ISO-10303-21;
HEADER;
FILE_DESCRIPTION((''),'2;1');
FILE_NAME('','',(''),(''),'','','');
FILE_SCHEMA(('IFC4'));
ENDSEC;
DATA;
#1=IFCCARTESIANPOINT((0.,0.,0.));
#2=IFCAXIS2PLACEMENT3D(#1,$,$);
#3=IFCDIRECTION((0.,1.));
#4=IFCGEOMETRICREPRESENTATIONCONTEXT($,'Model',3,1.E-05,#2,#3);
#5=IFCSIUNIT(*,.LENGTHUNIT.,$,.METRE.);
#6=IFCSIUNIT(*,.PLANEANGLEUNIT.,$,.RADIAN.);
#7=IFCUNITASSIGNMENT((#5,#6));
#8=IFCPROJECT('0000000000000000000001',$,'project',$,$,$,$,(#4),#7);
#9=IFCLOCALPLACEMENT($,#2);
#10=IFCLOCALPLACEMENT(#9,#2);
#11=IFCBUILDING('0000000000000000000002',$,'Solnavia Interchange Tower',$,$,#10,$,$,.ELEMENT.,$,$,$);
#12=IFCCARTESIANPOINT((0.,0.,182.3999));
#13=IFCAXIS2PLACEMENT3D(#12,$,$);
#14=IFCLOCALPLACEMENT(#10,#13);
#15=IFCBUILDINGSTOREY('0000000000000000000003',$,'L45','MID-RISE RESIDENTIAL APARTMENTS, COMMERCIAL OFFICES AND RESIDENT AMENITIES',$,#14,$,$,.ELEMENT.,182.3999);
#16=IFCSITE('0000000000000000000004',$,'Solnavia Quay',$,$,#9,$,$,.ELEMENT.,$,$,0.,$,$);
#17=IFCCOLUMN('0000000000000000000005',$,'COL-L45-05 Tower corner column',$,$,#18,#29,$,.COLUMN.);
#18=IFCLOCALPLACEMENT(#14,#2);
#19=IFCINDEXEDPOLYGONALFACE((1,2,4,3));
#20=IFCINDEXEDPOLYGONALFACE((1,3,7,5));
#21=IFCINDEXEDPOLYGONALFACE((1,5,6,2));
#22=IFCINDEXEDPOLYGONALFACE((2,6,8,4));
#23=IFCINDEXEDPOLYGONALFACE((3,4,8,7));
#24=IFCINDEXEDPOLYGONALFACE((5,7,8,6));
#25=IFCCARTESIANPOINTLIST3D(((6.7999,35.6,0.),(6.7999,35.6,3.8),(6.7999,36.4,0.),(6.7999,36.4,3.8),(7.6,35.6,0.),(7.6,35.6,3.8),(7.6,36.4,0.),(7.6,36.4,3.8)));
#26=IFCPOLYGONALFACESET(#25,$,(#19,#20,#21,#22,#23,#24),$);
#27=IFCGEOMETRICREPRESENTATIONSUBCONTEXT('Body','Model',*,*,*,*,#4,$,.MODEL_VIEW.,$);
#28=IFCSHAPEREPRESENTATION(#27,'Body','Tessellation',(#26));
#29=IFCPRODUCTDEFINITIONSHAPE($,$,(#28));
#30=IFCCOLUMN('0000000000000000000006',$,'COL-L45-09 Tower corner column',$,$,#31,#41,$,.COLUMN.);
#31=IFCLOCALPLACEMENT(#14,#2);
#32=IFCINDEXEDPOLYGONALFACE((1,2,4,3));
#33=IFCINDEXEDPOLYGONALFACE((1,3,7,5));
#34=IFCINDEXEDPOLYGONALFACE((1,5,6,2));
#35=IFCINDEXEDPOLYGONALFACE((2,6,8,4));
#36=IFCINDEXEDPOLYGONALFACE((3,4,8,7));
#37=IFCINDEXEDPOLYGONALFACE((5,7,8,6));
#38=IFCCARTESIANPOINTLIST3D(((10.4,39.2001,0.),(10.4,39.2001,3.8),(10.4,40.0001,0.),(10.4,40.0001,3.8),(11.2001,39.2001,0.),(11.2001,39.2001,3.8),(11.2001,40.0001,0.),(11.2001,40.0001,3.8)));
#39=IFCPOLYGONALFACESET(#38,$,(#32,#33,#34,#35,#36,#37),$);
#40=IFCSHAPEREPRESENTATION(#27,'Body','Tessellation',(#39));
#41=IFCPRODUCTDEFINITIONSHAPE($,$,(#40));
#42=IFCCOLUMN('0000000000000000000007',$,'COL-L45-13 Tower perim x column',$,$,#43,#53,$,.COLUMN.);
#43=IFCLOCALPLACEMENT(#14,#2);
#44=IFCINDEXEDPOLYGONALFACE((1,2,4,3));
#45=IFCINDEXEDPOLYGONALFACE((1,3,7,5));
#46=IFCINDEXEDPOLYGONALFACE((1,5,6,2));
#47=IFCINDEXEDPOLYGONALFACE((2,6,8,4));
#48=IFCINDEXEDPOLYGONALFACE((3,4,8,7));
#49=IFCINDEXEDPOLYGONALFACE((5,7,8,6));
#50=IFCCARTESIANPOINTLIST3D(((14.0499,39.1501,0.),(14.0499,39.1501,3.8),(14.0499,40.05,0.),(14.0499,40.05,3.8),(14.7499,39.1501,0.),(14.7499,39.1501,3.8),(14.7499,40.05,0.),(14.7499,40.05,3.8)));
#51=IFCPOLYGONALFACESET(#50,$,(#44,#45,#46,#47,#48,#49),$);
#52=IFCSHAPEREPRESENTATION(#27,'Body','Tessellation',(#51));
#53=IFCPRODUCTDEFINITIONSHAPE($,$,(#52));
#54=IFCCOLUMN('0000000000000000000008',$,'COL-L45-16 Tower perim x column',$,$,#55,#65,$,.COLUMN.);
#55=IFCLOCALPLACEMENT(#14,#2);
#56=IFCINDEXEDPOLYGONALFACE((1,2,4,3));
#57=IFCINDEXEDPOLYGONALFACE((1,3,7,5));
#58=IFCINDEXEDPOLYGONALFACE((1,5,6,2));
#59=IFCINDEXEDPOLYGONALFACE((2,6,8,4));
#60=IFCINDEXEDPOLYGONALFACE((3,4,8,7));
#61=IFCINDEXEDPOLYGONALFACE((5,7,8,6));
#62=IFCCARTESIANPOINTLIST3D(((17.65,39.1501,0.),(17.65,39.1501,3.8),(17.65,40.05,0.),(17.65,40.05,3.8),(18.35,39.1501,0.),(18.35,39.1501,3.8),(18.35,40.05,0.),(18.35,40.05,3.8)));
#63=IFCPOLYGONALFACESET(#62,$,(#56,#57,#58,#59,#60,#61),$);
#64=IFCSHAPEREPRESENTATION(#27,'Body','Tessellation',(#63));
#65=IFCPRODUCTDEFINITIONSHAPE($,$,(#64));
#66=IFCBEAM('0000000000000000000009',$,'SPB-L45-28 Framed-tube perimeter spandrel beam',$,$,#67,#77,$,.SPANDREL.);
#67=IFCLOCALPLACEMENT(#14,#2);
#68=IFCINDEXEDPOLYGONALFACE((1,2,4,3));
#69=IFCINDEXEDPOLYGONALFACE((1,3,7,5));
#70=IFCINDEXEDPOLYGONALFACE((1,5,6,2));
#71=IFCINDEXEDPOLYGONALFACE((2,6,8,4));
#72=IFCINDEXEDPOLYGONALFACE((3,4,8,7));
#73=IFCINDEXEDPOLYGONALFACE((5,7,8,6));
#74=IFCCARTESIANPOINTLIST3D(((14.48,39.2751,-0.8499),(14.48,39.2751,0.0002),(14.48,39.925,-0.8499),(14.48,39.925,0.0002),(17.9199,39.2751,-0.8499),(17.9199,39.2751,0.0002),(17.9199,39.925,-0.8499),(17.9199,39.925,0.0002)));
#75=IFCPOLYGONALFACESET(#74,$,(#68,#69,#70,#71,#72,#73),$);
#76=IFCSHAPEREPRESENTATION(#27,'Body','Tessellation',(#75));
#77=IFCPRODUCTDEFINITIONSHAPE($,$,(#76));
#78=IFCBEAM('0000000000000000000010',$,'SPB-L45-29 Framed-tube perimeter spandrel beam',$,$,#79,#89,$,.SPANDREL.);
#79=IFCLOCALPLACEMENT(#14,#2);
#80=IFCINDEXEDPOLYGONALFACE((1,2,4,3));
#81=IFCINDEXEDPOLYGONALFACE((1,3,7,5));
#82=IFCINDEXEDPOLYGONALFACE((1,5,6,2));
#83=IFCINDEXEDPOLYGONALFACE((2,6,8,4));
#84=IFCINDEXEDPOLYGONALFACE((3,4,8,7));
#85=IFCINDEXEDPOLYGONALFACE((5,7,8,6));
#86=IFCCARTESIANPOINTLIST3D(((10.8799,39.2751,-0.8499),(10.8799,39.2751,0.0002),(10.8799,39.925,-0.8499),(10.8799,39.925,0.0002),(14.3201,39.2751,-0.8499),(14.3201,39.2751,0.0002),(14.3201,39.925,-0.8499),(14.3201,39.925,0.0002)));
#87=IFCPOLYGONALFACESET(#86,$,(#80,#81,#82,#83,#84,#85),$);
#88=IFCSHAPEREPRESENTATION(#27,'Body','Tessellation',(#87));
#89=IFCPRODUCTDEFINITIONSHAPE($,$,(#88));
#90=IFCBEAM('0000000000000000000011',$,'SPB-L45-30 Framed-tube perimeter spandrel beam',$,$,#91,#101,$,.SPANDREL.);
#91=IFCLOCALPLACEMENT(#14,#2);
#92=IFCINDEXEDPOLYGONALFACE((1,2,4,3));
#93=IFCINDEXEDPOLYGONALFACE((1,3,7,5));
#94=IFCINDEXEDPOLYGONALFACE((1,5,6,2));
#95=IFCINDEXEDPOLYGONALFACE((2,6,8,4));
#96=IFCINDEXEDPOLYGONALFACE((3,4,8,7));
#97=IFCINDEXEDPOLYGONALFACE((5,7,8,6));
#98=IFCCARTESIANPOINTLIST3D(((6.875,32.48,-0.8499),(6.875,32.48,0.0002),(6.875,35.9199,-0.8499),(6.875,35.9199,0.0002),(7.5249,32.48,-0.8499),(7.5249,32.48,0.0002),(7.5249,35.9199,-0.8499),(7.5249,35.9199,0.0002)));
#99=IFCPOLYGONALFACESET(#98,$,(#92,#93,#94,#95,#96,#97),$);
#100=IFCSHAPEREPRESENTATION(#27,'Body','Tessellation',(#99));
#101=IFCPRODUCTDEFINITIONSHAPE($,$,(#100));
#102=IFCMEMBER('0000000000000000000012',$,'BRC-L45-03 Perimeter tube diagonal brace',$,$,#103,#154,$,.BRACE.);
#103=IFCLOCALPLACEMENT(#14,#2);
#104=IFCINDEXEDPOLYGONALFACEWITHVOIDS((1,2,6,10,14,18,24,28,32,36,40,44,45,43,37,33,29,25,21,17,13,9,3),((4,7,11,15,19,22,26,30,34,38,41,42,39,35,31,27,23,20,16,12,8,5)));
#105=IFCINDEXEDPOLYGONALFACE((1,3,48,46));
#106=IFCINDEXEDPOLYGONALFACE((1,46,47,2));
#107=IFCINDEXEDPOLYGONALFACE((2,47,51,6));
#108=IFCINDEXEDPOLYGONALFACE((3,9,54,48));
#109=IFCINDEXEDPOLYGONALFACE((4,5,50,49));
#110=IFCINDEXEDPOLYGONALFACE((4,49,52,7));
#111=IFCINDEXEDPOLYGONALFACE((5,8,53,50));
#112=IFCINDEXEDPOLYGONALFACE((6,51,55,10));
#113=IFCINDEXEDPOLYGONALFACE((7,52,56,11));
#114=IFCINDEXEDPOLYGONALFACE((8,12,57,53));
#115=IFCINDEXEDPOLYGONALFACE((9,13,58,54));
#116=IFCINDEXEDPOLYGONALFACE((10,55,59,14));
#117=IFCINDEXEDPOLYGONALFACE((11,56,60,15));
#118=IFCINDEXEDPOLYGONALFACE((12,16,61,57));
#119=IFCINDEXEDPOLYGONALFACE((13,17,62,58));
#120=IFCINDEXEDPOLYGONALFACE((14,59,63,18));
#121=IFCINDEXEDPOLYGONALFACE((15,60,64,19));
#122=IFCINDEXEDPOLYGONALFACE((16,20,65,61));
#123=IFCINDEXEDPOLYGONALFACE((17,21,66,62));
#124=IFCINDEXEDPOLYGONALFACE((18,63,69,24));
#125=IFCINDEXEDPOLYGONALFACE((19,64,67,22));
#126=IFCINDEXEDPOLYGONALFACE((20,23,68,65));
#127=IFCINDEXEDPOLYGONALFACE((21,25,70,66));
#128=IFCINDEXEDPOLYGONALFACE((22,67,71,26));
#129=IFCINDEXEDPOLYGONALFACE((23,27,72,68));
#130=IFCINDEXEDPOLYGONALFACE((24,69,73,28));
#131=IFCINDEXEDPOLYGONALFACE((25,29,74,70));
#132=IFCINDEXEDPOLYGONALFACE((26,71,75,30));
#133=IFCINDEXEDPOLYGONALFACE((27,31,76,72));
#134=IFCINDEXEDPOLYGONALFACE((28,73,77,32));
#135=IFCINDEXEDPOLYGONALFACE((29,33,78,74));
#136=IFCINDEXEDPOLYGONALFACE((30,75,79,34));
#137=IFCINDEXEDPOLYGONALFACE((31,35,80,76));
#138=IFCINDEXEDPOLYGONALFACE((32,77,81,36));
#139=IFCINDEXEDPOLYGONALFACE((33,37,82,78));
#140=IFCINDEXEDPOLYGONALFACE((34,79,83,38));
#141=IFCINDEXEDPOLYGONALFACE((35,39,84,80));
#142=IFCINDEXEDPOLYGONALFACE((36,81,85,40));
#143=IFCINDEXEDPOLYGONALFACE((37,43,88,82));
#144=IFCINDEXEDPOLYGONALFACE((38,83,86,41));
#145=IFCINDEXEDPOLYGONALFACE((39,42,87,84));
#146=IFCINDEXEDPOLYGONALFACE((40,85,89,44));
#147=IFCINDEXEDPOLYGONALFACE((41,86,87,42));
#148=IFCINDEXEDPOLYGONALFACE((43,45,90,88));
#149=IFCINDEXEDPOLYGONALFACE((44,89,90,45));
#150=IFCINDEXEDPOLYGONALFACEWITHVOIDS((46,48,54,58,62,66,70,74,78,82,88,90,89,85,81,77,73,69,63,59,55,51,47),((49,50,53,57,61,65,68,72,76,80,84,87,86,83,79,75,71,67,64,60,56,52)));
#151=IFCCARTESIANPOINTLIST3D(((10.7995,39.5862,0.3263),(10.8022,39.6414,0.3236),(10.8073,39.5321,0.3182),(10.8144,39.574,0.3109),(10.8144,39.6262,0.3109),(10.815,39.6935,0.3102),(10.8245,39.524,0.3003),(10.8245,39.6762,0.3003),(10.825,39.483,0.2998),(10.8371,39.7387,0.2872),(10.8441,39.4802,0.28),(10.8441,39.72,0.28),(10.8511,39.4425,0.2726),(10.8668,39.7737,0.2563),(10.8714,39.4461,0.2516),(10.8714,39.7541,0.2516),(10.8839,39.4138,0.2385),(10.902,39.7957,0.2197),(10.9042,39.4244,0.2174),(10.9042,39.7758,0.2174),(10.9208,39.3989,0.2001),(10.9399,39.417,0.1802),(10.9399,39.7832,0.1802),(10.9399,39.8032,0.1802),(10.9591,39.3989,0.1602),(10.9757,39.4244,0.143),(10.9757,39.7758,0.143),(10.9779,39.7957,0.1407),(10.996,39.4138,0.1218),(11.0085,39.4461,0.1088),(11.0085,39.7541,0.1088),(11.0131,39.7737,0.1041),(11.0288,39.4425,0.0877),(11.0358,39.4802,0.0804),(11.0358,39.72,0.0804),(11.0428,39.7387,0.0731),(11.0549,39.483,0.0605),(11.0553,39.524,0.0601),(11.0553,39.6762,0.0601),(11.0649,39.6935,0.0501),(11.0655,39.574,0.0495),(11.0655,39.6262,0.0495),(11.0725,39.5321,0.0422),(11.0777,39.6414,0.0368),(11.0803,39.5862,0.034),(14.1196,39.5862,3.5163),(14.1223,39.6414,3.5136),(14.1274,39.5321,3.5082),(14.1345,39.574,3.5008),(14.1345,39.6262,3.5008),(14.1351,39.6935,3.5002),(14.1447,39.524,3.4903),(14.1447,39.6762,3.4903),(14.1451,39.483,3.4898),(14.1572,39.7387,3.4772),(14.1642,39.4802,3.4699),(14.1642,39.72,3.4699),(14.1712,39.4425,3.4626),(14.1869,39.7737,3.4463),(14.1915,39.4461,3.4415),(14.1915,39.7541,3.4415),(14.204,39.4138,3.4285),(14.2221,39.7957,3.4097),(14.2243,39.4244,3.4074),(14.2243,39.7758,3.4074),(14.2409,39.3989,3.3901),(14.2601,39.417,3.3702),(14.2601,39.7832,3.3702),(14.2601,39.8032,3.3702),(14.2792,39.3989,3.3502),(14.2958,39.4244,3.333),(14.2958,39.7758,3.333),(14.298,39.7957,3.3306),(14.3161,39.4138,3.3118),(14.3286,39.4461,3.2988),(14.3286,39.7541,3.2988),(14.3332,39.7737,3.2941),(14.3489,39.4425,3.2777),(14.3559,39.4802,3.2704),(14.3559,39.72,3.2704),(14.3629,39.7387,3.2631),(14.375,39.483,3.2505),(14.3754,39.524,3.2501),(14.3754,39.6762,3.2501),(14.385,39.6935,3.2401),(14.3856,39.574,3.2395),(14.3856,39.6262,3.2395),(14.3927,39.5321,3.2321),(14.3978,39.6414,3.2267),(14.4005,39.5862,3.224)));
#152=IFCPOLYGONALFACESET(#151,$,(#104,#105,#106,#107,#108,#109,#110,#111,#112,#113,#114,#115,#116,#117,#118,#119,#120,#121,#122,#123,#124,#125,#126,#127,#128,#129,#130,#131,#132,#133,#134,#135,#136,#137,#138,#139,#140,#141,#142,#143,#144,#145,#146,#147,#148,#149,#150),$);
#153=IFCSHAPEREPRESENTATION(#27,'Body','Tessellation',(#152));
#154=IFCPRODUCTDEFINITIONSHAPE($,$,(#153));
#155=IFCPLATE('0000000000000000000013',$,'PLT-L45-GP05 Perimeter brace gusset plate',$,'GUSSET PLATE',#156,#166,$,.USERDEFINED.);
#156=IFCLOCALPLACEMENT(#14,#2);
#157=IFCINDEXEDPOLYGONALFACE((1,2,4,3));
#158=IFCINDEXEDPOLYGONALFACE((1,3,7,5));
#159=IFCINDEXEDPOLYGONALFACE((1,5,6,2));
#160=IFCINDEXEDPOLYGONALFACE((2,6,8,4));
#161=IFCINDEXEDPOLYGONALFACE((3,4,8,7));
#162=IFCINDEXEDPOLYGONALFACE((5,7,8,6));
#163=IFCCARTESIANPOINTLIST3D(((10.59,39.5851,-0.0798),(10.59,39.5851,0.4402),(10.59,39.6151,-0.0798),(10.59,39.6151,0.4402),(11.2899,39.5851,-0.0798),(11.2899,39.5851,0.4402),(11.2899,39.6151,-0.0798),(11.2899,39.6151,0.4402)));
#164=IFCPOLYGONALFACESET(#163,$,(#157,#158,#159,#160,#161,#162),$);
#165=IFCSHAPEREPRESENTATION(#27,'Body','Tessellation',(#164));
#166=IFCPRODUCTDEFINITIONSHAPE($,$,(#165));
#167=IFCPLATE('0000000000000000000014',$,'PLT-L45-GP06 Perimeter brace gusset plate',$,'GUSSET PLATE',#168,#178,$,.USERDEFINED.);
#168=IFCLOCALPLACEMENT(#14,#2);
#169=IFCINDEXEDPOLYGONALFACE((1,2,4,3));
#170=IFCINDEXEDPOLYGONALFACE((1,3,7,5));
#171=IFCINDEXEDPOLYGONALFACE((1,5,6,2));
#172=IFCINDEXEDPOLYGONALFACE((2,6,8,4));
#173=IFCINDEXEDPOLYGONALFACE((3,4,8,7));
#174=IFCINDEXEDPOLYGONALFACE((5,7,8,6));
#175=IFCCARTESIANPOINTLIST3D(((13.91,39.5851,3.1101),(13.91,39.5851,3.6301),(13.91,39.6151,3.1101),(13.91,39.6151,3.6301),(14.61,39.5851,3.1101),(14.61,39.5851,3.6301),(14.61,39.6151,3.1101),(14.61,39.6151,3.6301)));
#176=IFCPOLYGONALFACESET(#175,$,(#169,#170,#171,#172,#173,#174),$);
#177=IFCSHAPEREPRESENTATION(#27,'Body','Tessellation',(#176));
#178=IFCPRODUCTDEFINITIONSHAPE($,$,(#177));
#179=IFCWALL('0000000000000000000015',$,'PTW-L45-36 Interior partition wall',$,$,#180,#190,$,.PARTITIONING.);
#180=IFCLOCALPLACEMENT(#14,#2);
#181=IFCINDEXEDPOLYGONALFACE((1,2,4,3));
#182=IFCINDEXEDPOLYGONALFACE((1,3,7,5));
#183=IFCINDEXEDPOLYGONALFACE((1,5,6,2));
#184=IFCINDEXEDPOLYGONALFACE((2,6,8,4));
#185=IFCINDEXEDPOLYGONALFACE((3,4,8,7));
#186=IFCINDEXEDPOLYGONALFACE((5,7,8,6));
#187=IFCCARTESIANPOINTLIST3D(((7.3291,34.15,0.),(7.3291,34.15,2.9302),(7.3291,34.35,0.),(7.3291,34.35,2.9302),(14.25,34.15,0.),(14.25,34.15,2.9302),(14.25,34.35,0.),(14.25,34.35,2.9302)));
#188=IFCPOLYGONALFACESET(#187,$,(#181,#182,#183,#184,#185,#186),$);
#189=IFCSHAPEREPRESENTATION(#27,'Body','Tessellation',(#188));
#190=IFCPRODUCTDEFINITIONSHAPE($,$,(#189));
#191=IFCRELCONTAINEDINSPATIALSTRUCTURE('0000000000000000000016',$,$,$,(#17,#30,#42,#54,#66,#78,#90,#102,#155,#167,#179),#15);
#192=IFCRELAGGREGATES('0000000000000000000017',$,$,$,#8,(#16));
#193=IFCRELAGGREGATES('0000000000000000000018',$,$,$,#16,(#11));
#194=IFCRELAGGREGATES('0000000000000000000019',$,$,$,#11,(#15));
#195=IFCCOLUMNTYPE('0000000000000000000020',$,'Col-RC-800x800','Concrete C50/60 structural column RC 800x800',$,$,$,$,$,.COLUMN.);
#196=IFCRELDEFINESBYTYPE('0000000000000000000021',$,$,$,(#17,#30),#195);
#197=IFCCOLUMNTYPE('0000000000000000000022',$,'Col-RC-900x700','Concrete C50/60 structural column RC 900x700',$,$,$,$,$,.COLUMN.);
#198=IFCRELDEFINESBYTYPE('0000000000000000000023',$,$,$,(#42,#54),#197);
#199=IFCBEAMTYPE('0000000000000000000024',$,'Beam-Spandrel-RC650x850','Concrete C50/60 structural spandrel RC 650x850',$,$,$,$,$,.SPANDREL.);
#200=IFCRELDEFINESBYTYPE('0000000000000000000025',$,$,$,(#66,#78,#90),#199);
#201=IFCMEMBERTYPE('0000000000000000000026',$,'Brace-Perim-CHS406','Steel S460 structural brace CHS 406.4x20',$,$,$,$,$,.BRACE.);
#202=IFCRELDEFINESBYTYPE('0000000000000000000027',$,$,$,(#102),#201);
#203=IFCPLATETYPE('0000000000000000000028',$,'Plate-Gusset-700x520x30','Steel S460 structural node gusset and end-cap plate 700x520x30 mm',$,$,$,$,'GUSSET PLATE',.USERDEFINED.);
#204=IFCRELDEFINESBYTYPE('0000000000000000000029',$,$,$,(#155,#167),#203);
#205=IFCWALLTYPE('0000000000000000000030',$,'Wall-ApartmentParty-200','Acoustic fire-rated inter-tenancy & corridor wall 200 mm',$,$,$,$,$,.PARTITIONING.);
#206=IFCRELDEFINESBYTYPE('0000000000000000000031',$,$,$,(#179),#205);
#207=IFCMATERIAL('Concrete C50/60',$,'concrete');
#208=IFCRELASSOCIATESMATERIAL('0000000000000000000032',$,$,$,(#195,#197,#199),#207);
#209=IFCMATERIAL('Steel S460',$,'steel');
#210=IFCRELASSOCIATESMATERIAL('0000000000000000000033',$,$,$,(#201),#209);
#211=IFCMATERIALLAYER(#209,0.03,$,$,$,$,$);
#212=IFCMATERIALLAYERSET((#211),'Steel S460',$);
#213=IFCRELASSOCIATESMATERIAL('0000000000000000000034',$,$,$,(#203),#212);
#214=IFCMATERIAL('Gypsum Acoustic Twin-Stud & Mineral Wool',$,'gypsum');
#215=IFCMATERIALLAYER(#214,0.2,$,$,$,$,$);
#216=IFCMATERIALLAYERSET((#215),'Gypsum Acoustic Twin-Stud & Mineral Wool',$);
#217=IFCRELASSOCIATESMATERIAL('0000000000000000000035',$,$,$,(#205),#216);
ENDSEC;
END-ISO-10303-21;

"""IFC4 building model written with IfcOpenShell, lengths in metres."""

from ifc_helpers import new_model, si_unit, direction, frame, frame_2d, origin, origin_2d, place, context, subcontext, project, spatial, rectangle, hollow_circle, extrude, material, layer, layer_set, material_profile, profile_set, type_object, element, save


model = new_model("IFC4")

# Units and contexts
model_context = context("Model", 3, precision=1e-05, world=origin(), true_north=direction((0.0, 1.0)))
body_context = subcontext(model_context, "Body", "Model", "MODEL_VIEW")
ifc_project = project(units=[si_unit("LENGTHUNIT", "METRE"), si_unit("PLANEANGLEUNIT", "RADIAN")], contexts=[model_context])

# Site, building, storey
site_placement = place(None, origin())
site = spatial("IfcSite", under=ifc_project, at=site_placement, Name="Solnavia Quay", CompositionType="ELEMENT", RefElevation=0.0)
building_placement = place(site_placement, origin())
building = spatial("IfcBuilding", under=site, at=building_placement, Name="Solnavia Interchange Tower", CompositionType="ELEMENT")
storey_placement = place(building_placement, frame((0.0, 0.0, 182.3999)))
storey = spatial("IfcBuildingStorey", under=building, at=storey_placement, Name="L45", Description="MID-RISE RESIDENTIAL APARTMENTS, COMMERCIAL OFFICES AND RESIDENT AMENITIES", CompositionType="ELEMENT", Elevation=182.3999)

# Columns
ifc_material_1 = material(Name="Concrete C50/60", Category="concrete")
ifc_material_profile_1 = material_profile(ifc_material_1, rectangle(XDim=0.8, YDim=0.8, at=origin_2d()), Name="RC 800x800")
ifc_profile_set_1 = profile_set([ifc_material_profile_1], Name="Concrete C50/60")
column_type_1 = type_object("IfcColumnType", Name="Col-RC-800x800", Description="Concrete C50/60 structural column RC 800x800", PredefinedType="COLUMN", material=ifc_profile_set_1)
for number, where, z_axis, x_axis, name in (
    (1, (7.2, 36.0, 0.0), (0.0, 0.0, 1.0), (0.0, 1.0, 0.0), "COL-L45-05 Tower corner column"),
    (2, (10.8, 39.6001, 0.0), (0.0, 0.0, 1.0), (1.0, 0.0, 0.0), "COL-L45-09 Tower corner column"),
):
    element("IfcColumn", number, at=place(storey_placement, frame(where, z_axis=z_axis, x_axis=x_axis)), inside=storey, type_object=column_type_1, Name=name, PredefinedType="COLUMN", context=body_context, shape_type="SweptSolid", body=[
        extrude(rectangle(XDim=0.8, YDim=0.8, at=origin_2d()), origin(), (0.0, 0.0, 1.0), 3.8),
    ])
ifc_material_profile_2 = material_profile(ifc_material_1, rectangle(XDim=0.7, YDim=0.8999, at=origin_2d()), Name="RC 900x700")
ifc_profile_set_2 = profile_set([ifc_material_profile_2], Name="Concrete C50/60")
column_type_2 = type_object("IfcColumnType", Name="Col-RC-900x700", Description="Concrete C50/60 structural column RC 900x700", PredefinedType="COLUMN", material=ifc_profile_set_2)
for number, where, z_axis, x_axis, name in (
    (3, (14.3999, 39.6001, 0.0), (0.0, 0.0, 1.0), (1.0, 0.0, 0.0), "COL-L45-13 Tower perim x column"),
    (4, (18.0, 39.6001, 0.0), (0.0, 0.0, 1.0), (1.0, 0.0, 0.0), "COL-L45-16 Tower perim x column"),
):
    element("IfcColumn", number, at=place(storey_placement, frame(where, z_axis=z_axis, x_axis=x_axis)), inside=storey, type_object=column_type_2, Name=name, PredefinedType="COLUMN", context=body_context, shape_type="SweptSolid", body=[
        extrude(rectangle(XDim=0.7, YDim=0.8999, at=origin_2d()), origin(), (0.0, 0.0, 1.0), 3.8),
    ])

# Beams
ifc_material_profile_3 = material_profile(ifc_material_1, rectangle(XDim=0.6499, YDim=0.8501, at=origin_2d()), Name="RC 650x850")
ifc_profile_set_3 = profile_set([ifc_material_profile_3], Name="Concrete C50/60")
beam_type = type_object("IfcBeamType", Name="Beam-Spandrel-RC650x850", Description="Concrete C50/60 structural spandrel RC 650x850", PredefinedType="SPANDREL", material=ifc_profile_set_3)
beam_1_placement = place(storey_placement, frame((17.9199, 39.6001, -0.4248), z_axis=(-1.0, 0.0, 0.0), x_axis=(0.0, -1.0, 0.0)))
element("IfcBeam", 5, at=beam_1_placement, inside=storey, type_object=beam_type, Name="SPB-L45-28 Framed-tube perimeter spandrel beam", PredefinedType="SPANDREL", context=body_context, shape_type="SweptSolid", body=[
    extrude(rectangle(XDim=0.6499, YDim=0.8501, at=origin_2d()), origin(), (0.0, 0.0, 1.0), 3.4399),
])
beam_2_placement = place(storey_placement, frame((14.3201, 39.6001, -0.4248), z_axis=(-1.0, 0.0, 0.0), x_axis=(0.0, -1.0, 0.0)))
element("IfcBeam", 6, at=beam_2_placement, inside=storey, type_object=beam_type, Name="SPB-L45-29 Framed-tube perimeter spandrel beam", PredefinedType="SPANDREL", context=body_context, shape_type="SweptSolid", body=[
    extrude(rectangle(XDim=0.6499, YDim=0.8501, at=origin_2d()), origin(), (0.0, 0.0, 1.0), 3.4402),
])
beam_3_placement = place(storey_placement, frame((7.2, 35.9199, -0.4248), z_axis=(0.0, -1.0, 0.0), x_axis=(1.0, 0.0, 0.0)))
element("IfcBeam", 7, at=beam_3_placement, inside=storey, type_object=beam_type, Name="SPB-L45-30 Framed-tube perimeter spandrel beam", PredefinedType="SPANDREL", context=body_context, shape_type="SweptSolid", body=[
    extrude(rectangle(XDim=0.6499, YDim=0.8501, at=origin_2d()), origin(), (0.0, 0.0, 1.0), 3.4399),
])

# Member
ifc_material_2 = material(Name="Steel S460", Category="steel")
ifc_material_profile_4 = material_profile(ifc_material_2, hollow_circle(Radius=0.2031, WallThickness=0.02, at=origin_2d()), Name="CHS 406.4x20")
ifc_profile_set_4 = profile_set([ifc_material_profile_4], Name="Steel S460")
member_type = type_object("IfcMemberType", Name="Brace-Perim-CHS406", Description="Steel S460 structural brace CHS 406.4x20", PredefinedType="BRACE", material=ifc_profile_set_4)
member_placement = place(storey_placement, frame((10.9399, 39.6001, 0.1802), z_axis=(0.721097, 0.0, 0.692834), x_axis=(0.0, 1.0, 0.0)))
element("IfcMember", 8, at=member_placement, inside=storey, type_object=member_type, Name="BRC-L45-03 Perimeter tube diagonal brace", PredefinedType="BRACE", context=body_context, shape_type="SweptSolid", body=[
    extrude(hollow_circle(Radius=0.2031, WallThickness=0.02, at=origin_2d()), origin(), (0.0, 0.0, 1.0), 4.6042),
])

# Plates
ifc_layer_1 = layer(ifc_material_2, 0.03)
ifc_layer_set_1 = layer_set([ifc_layer_1], Name="Steel S460")
plate_type = type_object("IfcPlateType", Name="Plate-Gusset-700x520x30", Description="Steel S460 structural node gusset and end-cap plate 700x520x30 mm", ElementType="GUSSET PLATE", PredefinedType="USERDEFINED", material=ifc_layer_set_1)
for number, where, z_axis, x_axis, name in (
    (9, (10.9399, 39.6001, -0.0798), (0.0, 0.0, 1.0), (1.0, 0.0, 0.0), "PLT-L45-GP05 Perimeter brace gusset plate"),
    (10, (14.26, 39.6001, 3.1101), (0.0, 0.0, 1.0), (1.0, 0.0, 0.0), "PLT-L45-GP06 Perimeter brace gusset plate"),
):
    element("IfcPlate", number, at=place(storey_placement, frame(where, z_axis=z_axis, x_axis=x_axis)), inside=storey, type_object=plate_type, Name=name, ObjectType="GUSSET PLATE", PredefinedType="USERDEFINED", context=body_context, shape_type="SweptSolid", body=[
        extrude(rectangle(XDim=0.7, YDim=0.03, at=origin_2d()), origin(), (0.0, 0.0, 1.0), 0.52),
    ])

# Wall
ifc_material_3 = material(Name="Gypsum Acoustic Twin-Stud & Mineral Wool", Category="gypsum")
ifc_layer_2 = layer(ifc_material_3, 0.2)
ifc_layer_set_2 = layer_set([ifc_layer_2], Name="Gypsum Acoustic Twin-Stud & Mineral Wool")
wall_type_1 = type_object("IfcWallType", Name="Wall-ApartmentParty-200", Description="Acoustic fire-rated inter-tenancy & corridor wall 200 mm", PredefinedType="PARTITIONING", material=ifc_layer_set_2)
wall_1_placement = place(storey_placement, frame((7.3291, 34.25, 0.0), z_axis=(0.0, 0.0, 1.0), x_axis=(1.0, 0.0, 0.0)))
element("IfcWall", 11, at=wall_1_placement, inside=storey, type_object=wall_type_1, Name="PTW-L45-36 Interior partition wall", PredefinedType="PARTITIONING", context=body_context, shape_type="SweptSolid", body=[
    extrude(rectangle(XDim=6.9209, YDim=0.2, at=frame_2d((3.4604, 0.0))), origin(), (0.0, 0.0, 1.0), 2.9302),
])

save(model, "model.ifc")
